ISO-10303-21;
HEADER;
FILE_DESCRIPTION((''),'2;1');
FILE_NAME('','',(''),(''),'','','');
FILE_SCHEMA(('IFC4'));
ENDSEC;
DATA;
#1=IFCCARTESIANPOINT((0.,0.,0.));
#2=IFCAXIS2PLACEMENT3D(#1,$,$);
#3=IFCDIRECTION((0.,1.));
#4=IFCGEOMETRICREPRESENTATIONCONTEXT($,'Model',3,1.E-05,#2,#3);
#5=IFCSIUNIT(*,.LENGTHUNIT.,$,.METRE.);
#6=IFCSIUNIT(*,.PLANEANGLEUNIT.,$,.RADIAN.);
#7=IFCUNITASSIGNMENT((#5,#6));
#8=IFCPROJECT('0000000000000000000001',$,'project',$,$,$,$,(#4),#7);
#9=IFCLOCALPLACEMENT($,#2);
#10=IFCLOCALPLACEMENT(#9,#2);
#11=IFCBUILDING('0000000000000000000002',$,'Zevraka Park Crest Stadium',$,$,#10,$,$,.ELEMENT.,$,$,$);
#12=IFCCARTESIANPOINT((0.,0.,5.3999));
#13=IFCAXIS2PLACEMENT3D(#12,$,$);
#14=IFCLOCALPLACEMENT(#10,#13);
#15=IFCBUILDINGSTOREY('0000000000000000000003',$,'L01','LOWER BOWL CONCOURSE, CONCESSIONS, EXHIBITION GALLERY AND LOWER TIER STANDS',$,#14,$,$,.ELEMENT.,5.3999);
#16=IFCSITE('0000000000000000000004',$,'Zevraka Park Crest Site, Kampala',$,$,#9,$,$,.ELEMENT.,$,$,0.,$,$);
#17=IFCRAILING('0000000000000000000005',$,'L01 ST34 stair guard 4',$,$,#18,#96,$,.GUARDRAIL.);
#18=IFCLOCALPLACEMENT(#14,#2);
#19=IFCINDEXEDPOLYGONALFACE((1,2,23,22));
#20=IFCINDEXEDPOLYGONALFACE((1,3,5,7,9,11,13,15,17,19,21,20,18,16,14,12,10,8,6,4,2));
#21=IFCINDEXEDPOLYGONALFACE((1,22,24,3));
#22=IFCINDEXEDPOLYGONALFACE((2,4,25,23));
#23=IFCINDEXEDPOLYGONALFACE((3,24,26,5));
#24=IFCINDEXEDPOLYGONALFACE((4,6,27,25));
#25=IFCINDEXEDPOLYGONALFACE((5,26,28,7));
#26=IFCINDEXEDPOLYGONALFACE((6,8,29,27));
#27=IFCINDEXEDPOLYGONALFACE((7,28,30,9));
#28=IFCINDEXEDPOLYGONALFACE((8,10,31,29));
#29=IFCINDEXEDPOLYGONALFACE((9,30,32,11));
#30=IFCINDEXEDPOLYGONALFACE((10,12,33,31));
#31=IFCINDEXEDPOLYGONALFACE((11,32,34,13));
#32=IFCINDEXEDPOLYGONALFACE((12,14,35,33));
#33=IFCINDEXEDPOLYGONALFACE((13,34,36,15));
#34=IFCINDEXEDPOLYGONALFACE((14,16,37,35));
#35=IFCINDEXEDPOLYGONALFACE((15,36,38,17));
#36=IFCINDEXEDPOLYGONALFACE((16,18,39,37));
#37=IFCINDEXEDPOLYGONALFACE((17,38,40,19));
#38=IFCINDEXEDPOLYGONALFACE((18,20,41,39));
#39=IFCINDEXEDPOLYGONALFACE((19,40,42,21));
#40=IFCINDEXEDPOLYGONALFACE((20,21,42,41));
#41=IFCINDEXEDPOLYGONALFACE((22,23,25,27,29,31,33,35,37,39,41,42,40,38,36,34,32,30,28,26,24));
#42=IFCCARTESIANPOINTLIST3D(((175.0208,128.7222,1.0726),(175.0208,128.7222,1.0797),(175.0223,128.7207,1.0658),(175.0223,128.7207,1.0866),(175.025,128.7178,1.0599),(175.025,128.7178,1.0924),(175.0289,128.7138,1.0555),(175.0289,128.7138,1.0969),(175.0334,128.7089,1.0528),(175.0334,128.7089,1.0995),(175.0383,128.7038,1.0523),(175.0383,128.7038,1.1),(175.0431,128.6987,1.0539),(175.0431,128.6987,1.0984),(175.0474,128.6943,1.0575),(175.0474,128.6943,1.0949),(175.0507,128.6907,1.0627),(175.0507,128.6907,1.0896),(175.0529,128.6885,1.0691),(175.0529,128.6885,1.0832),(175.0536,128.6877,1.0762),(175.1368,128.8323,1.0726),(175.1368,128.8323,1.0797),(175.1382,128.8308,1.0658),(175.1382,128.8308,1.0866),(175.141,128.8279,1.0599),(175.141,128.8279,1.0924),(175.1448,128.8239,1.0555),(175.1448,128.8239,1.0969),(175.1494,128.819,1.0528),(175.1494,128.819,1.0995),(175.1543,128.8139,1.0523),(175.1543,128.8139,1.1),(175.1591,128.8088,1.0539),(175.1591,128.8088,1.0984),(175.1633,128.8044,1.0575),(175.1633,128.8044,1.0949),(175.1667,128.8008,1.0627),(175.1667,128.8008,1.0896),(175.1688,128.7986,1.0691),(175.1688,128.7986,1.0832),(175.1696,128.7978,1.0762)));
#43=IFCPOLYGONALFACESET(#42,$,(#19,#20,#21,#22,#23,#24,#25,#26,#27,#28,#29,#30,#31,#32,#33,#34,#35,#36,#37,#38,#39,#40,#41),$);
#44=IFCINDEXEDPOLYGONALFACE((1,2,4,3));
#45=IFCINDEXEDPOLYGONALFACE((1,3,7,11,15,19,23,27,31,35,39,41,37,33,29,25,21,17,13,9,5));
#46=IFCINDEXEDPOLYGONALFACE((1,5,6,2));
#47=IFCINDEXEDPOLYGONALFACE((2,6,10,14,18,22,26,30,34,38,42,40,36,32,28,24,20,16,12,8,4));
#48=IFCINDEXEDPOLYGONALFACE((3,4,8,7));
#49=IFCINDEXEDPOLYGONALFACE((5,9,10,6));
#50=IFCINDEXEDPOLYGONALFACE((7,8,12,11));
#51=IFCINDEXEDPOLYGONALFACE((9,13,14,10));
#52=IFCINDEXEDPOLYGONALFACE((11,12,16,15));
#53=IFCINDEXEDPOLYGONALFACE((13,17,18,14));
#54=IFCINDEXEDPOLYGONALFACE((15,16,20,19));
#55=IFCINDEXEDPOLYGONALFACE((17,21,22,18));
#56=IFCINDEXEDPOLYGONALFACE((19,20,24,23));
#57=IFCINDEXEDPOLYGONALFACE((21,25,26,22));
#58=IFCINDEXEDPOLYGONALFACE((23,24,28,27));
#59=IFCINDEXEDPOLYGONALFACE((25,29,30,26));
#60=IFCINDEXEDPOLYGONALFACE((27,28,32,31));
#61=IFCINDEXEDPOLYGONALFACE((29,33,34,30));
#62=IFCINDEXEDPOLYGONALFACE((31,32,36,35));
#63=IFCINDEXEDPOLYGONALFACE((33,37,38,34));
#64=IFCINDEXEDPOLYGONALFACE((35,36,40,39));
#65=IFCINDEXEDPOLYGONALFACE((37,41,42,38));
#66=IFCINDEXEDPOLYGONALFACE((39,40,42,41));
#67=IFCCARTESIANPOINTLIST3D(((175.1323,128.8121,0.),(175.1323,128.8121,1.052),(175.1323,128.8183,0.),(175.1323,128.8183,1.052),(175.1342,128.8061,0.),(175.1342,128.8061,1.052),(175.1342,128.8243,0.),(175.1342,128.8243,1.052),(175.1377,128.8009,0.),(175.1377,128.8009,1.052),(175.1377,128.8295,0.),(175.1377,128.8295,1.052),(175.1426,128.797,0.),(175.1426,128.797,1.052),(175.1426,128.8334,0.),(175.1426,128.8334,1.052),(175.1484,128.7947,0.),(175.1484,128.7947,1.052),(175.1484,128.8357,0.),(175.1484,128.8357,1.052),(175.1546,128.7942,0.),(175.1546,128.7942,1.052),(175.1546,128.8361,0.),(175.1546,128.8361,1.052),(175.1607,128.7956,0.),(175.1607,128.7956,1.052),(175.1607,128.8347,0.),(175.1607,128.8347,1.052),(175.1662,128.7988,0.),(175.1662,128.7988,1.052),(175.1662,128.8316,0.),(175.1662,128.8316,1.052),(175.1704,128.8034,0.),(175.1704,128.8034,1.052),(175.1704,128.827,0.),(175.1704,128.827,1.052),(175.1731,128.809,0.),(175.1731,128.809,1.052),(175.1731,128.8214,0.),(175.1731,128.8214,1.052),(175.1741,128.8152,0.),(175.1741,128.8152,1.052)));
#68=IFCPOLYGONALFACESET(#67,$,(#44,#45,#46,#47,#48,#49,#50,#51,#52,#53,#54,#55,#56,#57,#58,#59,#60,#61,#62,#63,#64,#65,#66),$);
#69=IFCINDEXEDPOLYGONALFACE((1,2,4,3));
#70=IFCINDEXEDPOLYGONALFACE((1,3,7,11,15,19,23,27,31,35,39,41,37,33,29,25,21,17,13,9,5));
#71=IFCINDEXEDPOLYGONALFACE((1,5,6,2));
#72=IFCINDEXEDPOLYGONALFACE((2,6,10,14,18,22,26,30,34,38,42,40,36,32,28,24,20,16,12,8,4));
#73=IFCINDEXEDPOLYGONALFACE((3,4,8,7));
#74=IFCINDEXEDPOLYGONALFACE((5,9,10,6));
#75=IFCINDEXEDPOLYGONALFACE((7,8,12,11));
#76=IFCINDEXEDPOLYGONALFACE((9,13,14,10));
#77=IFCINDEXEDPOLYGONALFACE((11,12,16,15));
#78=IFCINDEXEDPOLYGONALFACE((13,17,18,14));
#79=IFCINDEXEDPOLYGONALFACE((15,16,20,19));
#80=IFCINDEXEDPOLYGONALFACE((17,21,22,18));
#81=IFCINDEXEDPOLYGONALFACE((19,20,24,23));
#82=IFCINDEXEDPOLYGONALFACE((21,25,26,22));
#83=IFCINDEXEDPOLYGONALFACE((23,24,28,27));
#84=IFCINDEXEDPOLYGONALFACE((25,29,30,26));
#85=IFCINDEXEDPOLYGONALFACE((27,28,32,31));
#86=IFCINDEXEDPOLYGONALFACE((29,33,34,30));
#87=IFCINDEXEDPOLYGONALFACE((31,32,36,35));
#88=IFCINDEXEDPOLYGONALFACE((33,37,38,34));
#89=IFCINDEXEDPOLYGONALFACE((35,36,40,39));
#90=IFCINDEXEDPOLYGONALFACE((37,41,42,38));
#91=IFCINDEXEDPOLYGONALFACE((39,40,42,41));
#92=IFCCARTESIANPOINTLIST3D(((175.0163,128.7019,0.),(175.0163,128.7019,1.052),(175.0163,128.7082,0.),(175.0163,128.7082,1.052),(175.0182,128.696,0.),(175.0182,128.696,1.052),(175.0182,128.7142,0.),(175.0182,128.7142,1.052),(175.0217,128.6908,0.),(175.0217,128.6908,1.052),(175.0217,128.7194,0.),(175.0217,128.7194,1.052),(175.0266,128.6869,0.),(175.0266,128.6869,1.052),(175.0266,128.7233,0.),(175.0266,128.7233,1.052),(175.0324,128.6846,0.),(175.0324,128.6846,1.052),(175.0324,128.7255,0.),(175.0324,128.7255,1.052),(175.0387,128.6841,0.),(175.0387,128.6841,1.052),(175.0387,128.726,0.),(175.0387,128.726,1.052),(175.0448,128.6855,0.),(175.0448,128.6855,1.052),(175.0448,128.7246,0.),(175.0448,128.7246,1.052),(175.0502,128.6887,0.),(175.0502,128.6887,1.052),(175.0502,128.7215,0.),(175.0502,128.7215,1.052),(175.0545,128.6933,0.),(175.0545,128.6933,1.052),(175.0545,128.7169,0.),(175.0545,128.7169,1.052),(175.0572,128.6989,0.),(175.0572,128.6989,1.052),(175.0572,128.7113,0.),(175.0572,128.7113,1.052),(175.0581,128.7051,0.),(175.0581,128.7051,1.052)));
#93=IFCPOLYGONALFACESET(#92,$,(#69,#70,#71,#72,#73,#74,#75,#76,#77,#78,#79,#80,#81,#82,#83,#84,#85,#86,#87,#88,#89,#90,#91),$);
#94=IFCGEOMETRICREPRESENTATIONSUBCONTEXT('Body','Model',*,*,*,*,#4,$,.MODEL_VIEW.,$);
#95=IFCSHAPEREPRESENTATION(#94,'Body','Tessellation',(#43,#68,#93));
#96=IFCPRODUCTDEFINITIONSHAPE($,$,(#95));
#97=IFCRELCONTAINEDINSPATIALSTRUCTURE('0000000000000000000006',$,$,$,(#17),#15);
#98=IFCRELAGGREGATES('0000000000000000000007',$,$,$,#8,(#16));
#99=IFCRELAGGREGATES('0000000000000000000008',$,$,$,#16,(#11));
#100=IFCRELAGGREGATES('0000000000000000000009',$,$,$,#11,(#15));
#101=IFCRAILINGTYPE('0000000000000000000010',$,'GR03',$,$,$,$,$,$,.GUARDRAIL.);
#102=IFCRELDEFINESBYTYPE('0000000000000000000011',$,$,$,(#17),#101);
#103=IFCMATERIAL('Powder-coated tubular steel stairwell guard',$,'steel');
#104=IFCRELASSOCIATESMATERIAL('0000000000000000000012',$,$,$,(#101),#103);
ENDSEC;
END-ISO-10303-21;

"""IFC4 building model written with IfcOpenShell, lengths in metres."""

from ifc_helpers import new_model, si_unit, direction, frame, origin, origin_2d, place, context, subcontext, project, spatial, circle, extrude, material, type_object, element, save


model = new_model("IFC4")

# Units and contexts
model_context = context("Model", 3, precision=1e-05, world=origin(), true_north=direction((0.0, 1.0)))
body_context = subcontext(model_context, "Body", "Model", "MODEL_VIEW")
ifc_project = project(units=[si_unit("LENGTHUNIT", "METRE"), si_unit("PLANEANGLEUNIT", "RADIAN")], contexts=[model_context])

# Site, building, storey
site_placement = place(None, origin())
site = spatial("IfcSite", under=ifc_project, at=site_placement, Name="Zevraka Park Crest Site, Kampala", CompositionType="ELEMENT", RefElevation=0.0)
building_placement = place(site_placement, origin())
building = spatial("IfcBuilding", under=site, at=building_placement, Name="Zevraka Park Crest Stadium", CompositionType="ELEMENT")
storey_placement = place(building_placement, frame((0.0, 0.0, 5.3999)))
storey = spatial("IfcBuildingStorey", under=building, at=storey_placement, Name="L01", Description="LOWER BOWL CONCOURSE, CONCESSIONS, EXHIBITION GALLERY AND LOWER TIER STANDS", CompositionType="ELEMENT", Elevation=5.3999)

# Railing
ifc_material_1 = material(Name="Powder-coated tubular steel stairwell guard", Category="steel")
railing_type_1 = type_object("IfcRailingType", Name="GR03", PredefinedType="GUARDRAIL", material=ifc_material_1)
railing_1_placement = place(storey_placement, frame((175.1531, 128.8152, 0.0)))
element("IfcRailing", 1, at=railing_1_placement, inside=storey, type_object=railing_type_1, Name="L01 ST34 stair guard 4", PredefinedType="GUARDRAIL", context=body_context, shape_type="SweptSolid", body=[
    extrude(circle(Radius=0.0239, at=origin_2d()), frame((0.0, 0.0, 1.0762), z_axis=(-0.72519, -0.688549, 0.0), x_axis=(0.688549, -0.72519, 0.0)), (0.0, 0.0, 1.0), 0.1599),
    extrude(circle(Radius=0.021, at=origin_2d()), origin(), (0.0, 0.0, 1.0), 1.052),
    extrude(circle(Radius=0.021, at=origin_2d()), frame((-0.116, -0.1101, 0.0)), (0.0, 0.0, 1.0), 1.052),
])

save(model, "model.ifc")
